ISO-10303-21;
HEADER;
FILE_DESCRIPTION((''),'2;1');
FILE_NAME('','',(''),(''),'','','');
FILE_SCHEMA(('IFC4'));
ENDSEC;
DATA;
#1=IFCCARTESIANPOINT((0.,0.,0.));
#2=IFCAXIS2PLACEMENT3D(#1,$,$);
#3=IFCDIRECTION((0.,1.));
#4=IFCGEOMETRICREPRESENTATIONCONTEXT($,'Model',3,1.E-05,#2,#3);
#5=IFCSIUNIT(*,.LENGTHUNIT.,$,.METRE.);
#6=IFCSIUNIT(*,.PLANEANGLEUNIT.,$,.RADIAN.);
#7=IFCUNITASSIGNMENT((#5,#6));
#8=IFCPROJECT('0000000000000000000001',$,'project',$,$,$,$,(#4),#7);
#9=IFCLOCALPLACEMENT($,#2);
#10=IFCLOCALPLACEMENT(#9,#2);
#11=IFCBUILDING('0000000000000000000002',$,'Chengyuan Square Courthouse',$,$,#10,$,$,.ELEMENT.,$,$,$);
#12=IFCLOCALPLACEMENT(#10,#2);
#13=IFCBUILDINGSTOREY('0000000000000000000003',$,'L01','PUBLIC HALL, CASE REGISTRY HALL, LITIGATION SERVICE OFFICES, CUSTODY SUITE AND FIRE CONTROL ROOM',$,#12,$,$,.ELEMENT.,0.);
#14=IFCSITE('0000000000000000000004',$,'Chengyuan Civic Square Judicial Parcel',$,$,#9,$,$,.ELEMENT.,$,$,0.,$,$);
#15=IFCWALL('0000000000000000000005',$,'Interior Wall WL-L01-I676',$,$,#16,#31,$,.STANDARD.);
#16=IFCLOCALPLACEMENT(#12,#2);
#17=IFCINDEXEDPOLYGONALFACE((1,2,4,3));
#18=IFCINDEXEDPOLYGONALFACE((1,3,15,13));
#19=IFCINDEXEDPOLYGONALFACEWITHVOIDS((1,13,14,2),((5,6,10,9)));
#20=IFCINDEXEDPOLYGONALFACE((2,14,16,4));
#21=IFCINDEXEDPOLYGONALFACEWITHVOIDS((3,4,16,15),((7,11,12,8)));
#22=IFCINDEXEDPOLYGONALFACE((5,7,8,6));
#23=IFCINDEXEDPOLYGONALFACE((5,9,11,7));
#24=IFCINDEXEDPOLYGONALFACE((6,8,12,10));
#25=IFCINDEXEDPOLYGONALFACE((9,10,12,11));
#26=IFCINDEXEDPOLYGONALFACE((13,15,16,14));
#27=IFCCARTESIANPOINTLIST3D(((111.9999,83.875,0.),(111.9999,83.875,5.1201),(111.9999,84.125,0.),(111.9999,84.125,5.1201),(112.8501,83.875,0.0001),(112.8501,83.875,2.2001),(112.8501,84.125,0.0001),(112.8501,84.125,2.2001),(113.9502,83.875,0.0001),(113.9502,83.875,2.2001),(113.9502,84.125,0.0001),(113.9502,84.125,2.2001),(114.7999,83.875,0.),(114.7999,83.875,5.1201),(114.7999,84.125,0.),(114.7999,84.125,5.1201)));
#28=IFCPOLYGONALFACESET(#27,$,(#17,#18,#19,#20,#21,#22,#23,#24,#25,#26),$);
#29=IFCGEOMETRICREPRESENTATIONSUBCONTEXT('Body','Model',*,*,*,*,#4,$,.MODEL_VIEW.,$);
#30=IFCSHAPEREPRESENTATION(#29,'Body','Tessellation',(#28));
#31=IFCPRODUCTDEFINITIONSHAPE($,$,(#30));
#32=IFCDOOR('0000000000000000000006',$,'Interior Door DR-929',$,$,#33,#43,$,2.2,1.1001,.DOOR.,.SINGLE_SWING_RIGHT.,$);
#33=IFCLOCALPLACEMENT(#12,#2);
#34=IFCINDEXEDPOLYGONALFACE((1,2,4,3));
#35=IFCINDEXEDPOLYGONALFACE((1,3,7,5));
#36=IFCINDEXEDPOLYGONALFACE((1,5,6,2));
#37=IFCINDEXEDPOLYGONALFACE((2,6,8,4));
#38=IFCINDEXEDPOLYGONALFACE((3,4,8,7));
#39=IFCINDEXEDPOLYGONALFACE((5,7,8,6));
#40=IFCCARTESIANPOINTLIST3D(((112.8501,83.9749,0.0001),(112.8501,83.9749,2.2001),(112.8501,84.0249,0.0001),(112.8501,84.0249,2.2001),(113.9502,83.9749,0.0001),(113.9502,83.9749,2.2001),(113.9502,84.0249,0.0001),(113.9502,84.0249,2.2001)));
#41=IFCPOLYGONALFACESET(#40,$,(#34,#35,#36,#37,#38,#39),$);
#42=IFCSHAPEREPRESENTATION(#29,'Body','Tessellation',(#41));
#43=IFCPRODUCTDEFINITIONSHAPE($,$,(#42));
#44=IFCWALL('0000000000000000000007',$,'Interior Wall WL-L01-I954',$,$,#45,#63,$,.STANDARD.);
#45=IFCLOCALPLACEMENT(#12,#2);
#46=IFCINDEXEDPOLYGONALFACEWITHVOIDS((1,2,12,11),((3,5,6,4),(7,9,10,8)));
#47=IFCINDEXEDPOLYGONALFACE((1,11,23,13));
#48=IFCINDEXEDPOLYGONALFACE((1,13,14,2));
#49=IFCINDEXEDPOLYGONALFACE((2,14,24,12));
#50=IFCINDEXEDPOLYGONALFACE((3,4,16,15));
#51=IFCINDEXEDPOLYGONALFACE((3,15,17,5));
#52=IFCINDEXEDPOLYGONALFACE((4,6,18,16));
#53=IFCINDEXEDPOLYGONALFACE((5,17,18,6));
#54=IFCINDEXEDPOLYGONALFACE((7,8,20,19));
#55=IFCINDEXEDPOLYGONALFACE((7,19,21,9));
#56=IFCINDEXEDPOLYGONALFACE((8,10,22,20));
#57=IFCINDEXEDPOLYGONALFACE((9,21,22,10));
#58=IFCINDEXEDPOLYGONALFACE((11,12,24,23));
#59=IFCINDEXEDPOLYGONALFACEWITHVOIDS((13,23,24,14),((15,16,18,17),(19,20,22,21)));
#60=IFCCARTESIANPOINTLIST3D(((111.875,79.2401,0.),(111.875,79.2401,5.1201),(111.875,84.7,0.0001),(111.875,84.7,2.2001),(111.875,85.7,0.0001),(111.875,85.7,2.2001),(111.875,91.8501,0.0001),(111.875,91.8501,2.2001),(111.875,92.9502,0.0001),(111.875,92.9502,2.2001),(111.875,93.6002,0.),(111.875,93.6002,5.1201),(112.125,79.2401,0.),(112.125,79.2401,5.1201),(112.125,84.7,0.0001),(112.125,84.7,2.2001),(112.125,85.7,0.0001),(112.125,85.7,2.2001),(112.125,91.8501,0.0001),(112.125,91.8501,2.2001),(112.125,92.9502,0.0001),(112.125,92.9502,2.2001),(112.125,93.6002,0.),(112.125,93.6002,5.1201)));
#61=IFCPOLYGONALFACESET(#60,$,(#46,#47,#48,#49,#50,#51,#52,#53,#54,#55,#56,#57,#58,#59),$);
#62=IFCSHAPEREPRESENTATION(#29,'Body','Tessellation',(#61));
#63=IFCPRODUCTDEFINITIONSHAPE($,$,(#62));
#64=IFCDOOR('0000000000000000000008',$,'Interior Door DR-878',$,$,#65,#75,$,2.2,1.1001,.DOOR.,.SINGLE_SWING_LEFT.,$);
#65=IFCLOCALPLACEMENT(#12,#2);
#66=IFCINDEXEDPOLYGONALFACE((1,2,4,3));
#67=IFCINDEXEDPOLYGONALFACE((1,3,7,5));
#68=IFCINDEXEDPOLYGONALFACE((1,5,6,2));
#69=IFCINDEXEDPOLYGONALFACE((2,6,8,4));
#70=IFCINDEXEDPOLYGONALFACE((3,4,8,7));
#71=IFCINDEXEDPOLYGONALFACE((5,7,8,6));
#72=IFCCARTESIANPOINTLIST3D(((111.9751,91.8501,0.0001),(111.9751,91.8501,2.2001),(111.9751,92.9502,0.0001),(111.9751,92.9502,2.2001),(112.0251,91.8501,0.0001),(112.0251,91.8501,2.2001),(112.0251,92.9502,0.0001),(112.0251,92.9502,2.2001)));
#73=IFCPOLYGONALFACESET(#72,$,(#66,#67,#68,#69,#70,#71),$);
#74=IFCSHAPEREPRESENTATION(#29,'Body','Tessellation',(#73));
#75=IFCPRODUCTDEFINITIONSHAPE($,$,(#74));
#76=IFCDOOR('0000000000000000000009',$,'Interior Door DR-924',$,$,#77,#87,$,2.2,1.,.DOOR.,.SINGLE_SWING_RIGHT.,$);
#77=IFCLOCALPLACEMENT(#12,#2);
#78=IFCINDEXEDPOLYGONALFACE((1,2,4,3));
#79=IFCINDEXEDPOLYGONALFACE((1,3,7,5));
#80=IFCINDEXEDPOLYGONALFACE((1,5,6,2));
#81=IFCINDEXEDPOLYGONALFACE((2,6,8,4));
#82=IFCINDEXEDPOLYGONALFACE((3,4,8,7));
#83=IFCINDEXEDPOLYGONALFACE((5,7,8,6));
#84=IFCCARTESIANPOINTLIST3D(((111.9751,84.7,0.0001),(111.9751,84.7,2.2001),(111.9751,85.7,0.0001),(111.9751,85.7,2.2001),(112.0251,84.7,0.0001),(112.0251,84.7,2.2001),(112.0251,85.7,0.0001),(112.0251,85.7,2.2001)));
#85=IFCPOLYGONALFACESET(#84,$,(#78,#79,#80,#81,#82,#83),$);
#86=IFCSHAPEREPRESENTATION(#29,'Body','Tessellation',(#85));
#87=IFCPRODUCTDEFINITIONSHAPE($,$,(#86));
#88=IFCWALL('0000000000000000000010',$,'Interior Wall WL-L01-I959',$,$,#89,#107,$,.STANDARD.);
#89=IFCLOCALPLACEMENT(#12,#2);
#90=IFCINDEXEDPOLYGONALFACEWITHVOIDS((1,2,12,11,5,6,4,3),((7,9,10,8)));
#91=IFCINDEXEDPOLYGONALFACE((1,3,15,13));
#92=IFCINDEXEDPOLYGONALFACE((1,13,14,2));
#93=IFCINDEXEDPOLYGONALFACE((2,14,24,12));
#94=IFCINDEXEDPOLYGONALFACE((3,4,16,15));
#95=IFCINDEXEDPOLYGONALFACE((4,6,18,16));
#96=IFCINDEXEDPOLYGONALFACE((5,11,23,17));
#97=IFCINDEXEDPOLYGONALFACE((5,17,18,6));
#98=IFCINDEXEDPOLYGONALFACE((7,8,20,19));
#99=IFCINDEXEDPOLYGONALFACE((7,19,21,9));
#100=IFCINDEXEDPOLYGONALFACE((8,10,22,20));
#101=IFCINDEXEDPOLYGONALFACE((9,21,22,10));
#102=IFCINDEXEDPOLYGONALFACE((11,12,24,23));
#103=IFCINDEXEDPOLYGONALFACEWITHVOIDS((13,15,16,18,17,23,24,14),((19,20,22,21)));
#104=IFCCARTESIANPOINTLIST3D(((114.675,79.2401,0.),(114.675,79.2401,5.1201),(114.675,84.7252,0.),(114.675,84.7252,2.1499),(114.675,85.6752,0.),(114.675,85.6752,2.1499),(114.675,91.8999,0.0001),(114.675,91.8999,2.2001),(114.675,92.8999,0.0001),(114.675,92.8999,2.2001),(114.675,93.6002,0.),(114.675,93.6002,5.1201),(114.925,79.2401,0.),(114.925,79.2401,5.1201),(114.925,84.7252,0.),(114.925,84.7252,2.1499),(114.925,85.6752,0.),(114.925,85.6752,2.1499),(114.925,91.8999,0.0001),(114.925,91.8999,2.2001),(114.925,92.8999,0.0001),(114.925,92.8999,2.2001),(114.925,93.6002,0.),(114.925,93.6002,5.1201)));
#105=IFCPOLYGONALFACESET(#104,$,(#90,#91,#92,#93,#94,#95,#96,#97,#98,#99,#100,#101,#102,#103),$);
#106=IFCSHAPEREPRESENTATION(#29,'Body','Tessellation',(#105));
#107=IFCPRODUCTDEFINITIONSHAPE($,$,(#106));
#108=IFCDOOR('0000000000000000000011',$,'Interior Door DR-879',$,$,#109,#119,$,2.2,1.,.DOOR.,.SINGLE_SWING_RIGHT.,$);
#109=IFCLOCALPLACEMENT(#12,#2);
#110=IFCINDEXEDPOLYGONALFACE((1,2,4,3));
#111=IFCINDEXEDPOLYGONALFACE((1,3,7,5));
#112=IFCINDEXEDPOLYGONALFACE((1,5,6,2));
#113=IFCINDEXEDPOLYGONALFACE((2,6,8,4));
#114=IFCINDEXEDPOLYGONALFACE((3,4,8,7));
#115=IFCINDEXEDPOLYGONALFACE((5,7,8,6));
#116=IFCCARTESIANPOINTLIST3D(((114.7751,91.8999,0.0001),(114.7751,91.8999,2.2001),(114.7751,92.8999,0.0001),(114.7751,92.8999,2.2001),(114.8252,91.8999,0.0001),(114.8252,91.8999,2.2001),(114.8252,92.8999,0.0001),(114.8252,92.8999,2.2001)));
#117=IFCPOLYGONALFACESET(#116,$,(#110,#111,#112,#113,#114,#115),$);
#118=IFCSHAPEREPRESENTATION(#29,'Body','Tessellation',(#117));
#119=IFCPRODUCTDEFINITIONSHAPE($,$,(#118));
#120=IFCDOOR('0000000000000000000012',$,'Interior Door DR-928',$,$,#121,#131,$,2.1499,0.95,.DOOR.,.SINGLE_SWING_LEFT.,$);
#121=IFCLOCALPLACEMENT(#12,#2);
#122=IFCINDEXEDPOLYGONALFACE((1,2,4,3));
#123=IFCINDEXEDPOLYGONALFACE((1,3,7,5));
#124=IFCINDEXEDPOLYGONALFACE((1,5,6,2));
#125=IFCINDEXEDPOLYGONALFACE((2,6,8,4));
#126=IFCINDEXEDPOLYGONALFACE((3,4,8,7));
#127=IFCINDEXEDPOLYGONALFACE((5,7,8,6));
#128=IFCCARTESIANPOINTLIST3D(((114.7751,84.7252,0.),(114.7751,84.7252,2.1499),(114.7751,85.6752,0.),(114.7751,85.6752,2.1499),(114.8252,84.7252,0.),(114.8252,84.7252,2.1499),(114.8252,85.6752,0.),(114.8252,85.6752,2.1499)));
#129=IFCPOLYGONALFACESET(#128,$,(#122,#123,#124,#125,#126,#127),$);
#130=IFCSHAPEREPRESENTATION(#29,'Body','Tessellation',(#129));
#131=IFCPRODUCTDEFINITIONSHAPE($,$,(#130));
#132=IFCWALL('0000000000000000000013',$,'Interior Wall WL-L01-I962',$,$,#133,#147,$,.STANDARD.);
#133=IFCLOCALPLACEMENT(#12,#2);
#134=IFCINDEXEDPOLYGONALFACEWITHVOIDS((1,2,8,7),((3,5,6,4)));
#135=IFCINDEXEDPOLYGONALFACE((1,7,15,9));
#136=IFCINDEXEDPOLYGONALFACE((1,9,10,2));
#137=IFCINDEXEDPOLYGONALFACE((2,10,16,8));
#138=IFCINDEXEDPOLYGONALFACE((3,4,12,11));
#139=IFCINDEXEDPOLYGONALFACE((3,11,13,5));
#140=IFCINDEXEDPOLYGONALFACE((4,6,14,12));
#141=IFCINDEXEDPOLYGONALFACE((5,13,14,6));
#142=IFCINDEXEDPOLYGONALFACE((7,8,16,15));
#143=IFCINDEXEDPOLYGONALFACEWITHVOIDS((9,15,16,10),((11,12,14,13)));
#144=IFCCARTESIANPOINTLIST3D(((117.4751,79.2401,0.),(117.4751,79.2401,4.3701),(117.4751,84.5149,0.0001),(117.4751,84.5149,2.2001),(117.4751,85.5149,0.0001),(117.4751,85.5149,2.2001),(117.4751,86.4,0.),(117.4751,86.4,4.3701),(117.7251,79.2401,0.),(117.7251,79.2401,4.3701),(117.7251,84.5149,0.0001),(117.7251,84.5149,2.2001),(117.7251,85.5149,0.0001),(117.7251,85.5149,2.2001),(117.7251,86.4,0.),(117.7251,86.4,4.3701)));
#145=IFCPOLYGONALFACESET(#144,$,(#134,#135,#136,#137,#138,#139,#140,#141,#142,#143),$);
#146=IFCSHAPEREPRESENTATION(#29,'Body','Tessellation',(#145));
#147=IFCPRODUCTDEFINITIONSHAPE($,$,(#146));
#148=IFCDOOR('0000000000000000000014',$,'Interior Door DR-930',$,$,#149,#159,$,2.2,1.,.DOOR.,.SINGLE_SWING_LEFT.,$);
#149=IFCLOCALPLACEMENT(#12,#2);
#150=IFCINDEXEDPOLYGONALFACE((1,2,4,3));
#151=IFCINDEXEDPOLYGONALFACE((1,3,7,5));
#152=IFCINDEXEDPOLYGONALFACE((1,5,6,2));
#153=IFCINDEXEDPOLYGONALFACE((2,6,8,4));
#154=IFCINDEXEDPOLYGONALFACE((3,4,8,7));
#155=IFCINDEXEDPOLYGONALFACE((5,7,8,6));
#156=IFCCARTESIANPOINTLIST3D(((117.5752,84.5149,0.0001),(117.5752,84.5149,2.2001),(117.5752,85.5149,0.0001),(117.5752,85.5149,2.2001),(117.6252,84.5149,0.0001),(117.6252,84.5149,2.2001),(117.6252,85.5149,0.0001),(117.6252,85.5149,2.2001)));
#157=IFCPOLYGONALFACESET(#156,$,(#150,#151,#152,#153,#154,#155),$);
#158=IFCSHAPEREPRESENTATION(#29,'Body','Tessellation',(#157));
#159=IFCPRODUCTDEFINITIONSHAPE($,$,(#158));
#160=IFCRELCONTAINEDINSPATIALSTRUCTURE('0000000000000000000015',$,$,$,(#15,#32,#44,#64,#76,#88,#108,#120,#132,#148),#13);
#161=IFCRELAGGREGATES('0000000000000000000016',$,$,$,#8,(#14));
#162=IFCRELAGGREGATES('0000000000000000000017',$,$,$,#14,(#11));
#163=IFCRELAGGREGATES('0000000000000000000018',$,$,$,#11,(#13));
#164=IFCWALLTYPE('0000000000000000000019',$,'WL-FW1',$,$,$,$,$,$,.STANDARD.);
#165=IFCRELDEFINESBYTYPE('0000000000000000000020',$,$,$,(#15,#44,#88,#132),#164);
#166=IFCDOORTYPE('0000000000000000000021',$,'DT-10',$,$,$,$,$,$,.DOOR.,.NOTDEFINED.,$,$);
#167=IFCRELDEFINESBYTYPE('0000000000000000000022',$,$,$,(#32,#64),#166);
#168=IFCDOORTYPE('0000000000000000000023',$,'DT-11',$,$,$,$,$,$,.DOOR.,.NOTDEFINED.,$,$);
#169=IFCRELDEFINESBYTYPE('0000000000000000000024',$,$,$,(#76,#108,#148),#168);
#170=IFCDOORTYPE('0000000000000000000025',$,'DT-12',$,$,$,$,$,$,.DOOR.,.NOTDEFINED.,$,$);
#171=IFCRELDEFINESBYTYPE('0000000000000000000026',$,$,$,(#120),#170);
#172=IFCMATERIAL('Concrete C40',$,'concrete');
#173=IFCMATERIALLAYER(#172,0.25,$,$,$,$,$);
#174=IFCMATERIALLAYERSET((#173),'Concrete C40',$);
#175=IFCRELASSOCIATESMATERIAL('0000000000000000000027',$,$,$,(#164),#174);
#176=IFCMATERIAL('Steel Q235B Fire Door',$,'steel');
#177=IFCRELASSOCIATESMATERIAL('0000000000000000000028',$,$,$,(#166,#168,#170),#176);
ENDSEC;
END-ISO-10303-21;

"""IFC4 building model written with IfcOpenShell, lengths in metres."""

from ifc_helpers import new_model, si_unit, direction, frame, frame_2d, origin, place, context, subcontext, project, spatial, rectangle, extrude, material, layer, layer_set, type_object, element, fill, save


model = new_model("IFC4")

# Units and contexts
model_context = context("Model", 3, precision=1e-05, world=origin(), true_north=direction((0.0, 1.0)))
body_context = subcontext(model_context, "Body", "Model", "MODEL_VIEW")
ifc_project = project(units=[si_unit("LENGTHUNIT", "METRE"), si_unit("PLANEANGLEUNIT", "RADIAN")], contexts=[model_context])

# Site, building, storey
site_placement = place(None, origin())
site = spatial("IfcSite", under=ifc_project, at=site_placement, Name="Chengyuan Civic Square Judicial Parcel", CompositionType="ELEMENT", RefElevation=0.0)
building_placement = place(site_placement, origin())
building = spatial("IfcBuilding", under=site, at=building_placement, Name="Chengyuan Square Courthouse", CompositionType="ELEMENT")
storey_placement = place(building_placement, origin())
storey = spatial("IfcBuildingStorey", under=building, at=storey_placement, Name="L01", Description="PUBLIC HALL, CASE REGISTRY HALL, LITIGATION SERVICE OFFICES, CUSTODY SUITE AND FIRE CONTROL ROOM", CompositionType="ELEMENT", Elevation=0.0)

# Shared definitions
ifc_material_1 = material(Name="Concrete C40", Category="concrete")

# Wall, opening, door
ifc_layer_1 = layer(ifc_material_1, 0.25)
ifc_layer_set_1 = layer_set([ifc_layer_1], Name="Concrete C40")
wall_type_1 = type_object("IfcWallType", Name="WL-FW1", PredefinedType="STANDARD", material=ifc_layer_set_1)
wall_1_placement = place(storey_placement, frame((112.0, 84.0, 0.0), z_axis=(0.0, 0.0, 1.0), x_axis=(1.0, 0.0, 0.0)))
wall_1 = element("IfcWall", 1, at=wall_1_placement, inside=storey, type_object=wall_type_1, Name="Interior Wall WL-L01-I676", PredefinedType="STANDARD", context=body_context, shape_type="SweptSolid", body=[
    extrude(rectangle(XDim=2.8, YDim=0.25, at=frame_2d((1.3999, 0.0))), origin(), (0.0, 0.0, 1.0), 5.1201),
])
opening_1_placement = place(wall_1_placement, frame((0.8501, 0.0, 0.0)))
opening_1 = element("IfcOpeningElement", 2, at=opening_1_placement, cuts=wall_1, PredefinedType="OPENING", context=body_context, shape_type="SweptSolid", body=[
    extrude(rectangle(XDim=1.1001, YDim=2.2, at=frame_2d((0.55, 1.1001))), frame((0.0, 0.137, 0.0), z_axis=(0.0, -1.0, 0.0), x_axis=(1.0, 0.0, 0.0)), (0.0, 0.0, 1.0), 0.2739),
])
ifc_material_2 = material(Name="Steel Q235B Fire Door", Category="steel")
door_type_1 = type_object("IfcDoorType", Name="DT-10", OperationType="NOTDEFINED", PredefinedType="DOOR", material=ifc_material_2)
door_1_placement = place(opening_1_placement, origin())
door_1 = element("IfcDoor", 3, at=door_1_placement, inside=storey, type_object=door_type_1, Name="Interior Door DR-929", OperationType="SINGLE_SWING_RIGHT", OverallHeight=2.2, OverallWidth=1.1001, PredefinedType="DOOR", context=body_context, shape_type="SweptSolid", body=[
    extrude(rectangle(XDim=1.1001, YDim=2.2, at=frame_2d((0.55, 1.1001))), frame((0.0, 0.0249, 0.0), z_axis=(0.0, -1.0, 0.0), x_axis=(1.0, 0.0, 0.0)), (0.0, 0.0, 1.0), 0.05),
])
fill(opening_1, door_1)

# Walls, openings, doors
wall_2_placement = place(storey_placement, frame((112.0, 79.24, 0.0), z_axis=(0.0, 0.0, 1.0), x_axis=(0.0, 1.0, 0.0)))
wall_2 = element("IfcWall", 4, at=wall_2_placement, inside=storey, type_object=wall_type_1, Name="Interior Wall WL-L01-I954", PredefinedType="STANDARD", context=body_context, shape_type="SweptSolid", body=[
    extrude(rectangle(XDim=14.3601, YDim=0.25, at=frame_2d((7.1802, 0.0))), origin(), (0.0, 0.0, 1.0), 5.1201),
])
opening_2_placement = place(wall_2_placement, frame((12.6101, 0.0, 0.0)))
opening_2 = element("IfcOpeningElement", 5, at=opening_2_placement, cuts=wall_2, PredefinedType="OPENING", context=body_context, shape_type="SweptSolid", body=[
    extrude(rectangle(XDim=1.1001, YDim=2.2, at=frame_2d((0.55, 1.1001))), frame((0.0, 0.137, 0.0), z_axis=(0.0, -1.0, 0.0), x_axis=(1.0, 0.0, 0.0)), (0.0, 0.0, 1.0), 0.2739),
])
opening_3_placement = place(wall_2_placement, frame((5.46, 0.0, 0.0)))
opening_3 = element("IfcOpeningElement", 6, at=opening_3_placement, cuts=wall_2, PredefinedType="OPENING", context=body_context, shape_type="SweptSolid", body=[
    extrude(rectangle(XDim=1.0, YDim=2.2, at=frame_2d((0.5, 1.1001))), frame((0.0, 0.137, 0.0), z_axis=(0.0, -1.0, 0.0), x_axis=(1.0, 0.0, 0.0)), (0.0, 0.0, 1.0), 0.2739),
])
door_2_placement = place(opening_2_placement, origin())
door_2 = element("IfcDoor", 7, at=door_2_placement, inside=storey, type_object=door_type_1, Name="Interior Door DR-878", OperationType="SINGLE_SWING_LEFT", OverallHeight=2.2, OverallWidth=1.1001, PredefinedType="DOOR", context=body_context, shape_type="SweptSolid", body=[
    extrude(rectangle(XDim=1.1001, YDim=2.2, at=frame_2d((0.55, 1.1001))), frame((0.0, 0.0249, 0.0), z_axis=(0.0, -1.0, 0.0), x_axis=(1.0, 0.0, 0.0)), (0.0, 0.0, 1.0), 0.05),
])
fill(opening_2, door_2)
door_type_2 = type_object("IfcDoorType", Name="DT-11", OperationType="NOTDEFINED", PredefinedType="DOOR", material=ifc_material_2)
door_3_placement = place(opening_3_placement, origin())
door_3 = element("IfcDoor", 8, at=door_3_placement, inside=storey, type_object=door_type_2, Name="Interior Door DR-924", OperationType="SINGLE_SWING_RIGHT", OverallHeight=2.2, OverallWidth=1.0, PredefinedType="DOOR", context=body_context, shape_type="SweptSolid", body=[
    extrude(rectangle(XDim=1.0, YDim=2.2, at=frame_2d((0.5, 1.1001))), frame((0.0, 0.0249, 0.0), z_axis=(0.0, -1.0, 0.0), x_axis=(1.0, 0.0, 0.0)), (0.0, 0.0, 1.0), 0.05),
])
fill(opening_3, door_3)
wall_3_placement = place(storey_placement, frame((114.8, 79.24, 0.0), z_axis=(0.0, 0.0, 1.0), x_axis=(0.0, 1.0, 0.0)))
wall_3 = element("IfcWall", 9, at=wall_3_placement, inside=storey, type_object=wall_type_1, Name="Interior Wall WL-L01-I959", PredefinedType="STANDARD", context=body_context, shape_type="SweptSolid", body=[
    extrude(rectangle(XDim=14.3601, YDim=0.25, at=frame_2d((7.1802, 0.0))), origin(), (0.0, 0.0, 1.0), 5.1201),
])
opening_4_placement = place(wall_3_placement, frame((12.6599, 0.0, 0.0)))
opening_4 = element("IfcOpeningElement", 10, at=opening_4_placement, cuts=wall_3, PredefinedType="OPENING", context=body_context, shape_type="SweptSolid", body=[
    extrude(rectangle(XDim=1.0, YDim=2.2, at=frame_2d((0.5, 1.1001))), frame((0.0, 0.137, 0.0), z_axis=(0.0, -1.0, 0.0), x_axis=(1.0, 0.0, 0.0)), (0.0, 0.0, 1.0), 0.2739),
])
opening_5_placement = place(wall_3_placement, frame((5.4851, 0.0, 0.0)))
opening_5 = element("IfcOpeningElement", 11, at=opening_5_placement, cuts=wall_3, PredefinedType="OPENING", context=body_context, shape_type="SweptSolid", body=[
    extrude(rectangle(XDim=0.95, YDim=2.1499, at=frame_2d((0.4751, 1.075))), frame((0.0, 0.137, 0.0), z_axis=(0.0, -1.0, 0.0), x_axis=(1.0, 0.0, 0.0)), (0.0, 0.0, 1.0), 0.2739),
])
door_4_placement = place(opening_4_placement, origin())
door_4 = element("IfcDoor", 12, at=door_4_placement, inside=storey, type_object=door_type_2, Name="Interior Door DR-879", OperationType="SINGLE_SWING_RIGHT", OverallHeight=2.2, OverallWidth=1.0, PredefinedType="DOOR", context=body_context, shape_type="SweptSolid", body=[
    extrude(rectangle(XDim=1.0, YDim=2.2, at=frame_2d((0.5, 1.1001))), frame((0.0, 0.0249, 0.0), z_axis=(0.0, -1.0, 0.0), x_axis=(1.0, 0.0, 0.0)), (0.0, 0.0, 1.0), 0.05),
])
fill(opening_4, door_4)
door_type_3 = type_object("IfcDoorType", Name="DT-12", OperationType="NOTDEFINED", PredefinedType="DOOR", material=ifc_material_2)
door_5_placement = place(opening_5_placement, origin())
door_5 = element("IfcDoor", 13, at=door_5_placement, inside=storey, type_object=door_type_3, Name="Interior Door DR-928", OperationType="SINGLE_SWING_LEFT", OverallHeight=2.1499, OverallWidth=0.95, PredefinedType="DOOR", context=body_context, shape_type="SweptSolid", body=[
    extrude(rectangle(XDim=0.95, YDim=2.1499, at=frame_2d((0.4751, 1.075))), frame((0.0, 0.0249, 0.0), z_axis=(0.0, -1.0, 0.0), x_axis=(1.0, 0.0, 0.0)), (0.0, 0.0, 1.0), 0.05),
])
fill(opening_5, door_5)

# Wall, opening, door
wall_4_placement = place(storey_placement, frame((117.6001, 79.24, 0.0), z_axis=(0.0, 0.0, 1.0), x_axis=(0.0, 1.0, 0.0)))
wall_4 = element("IfcWall", 14, at=wall_4_placement, inside=storey, type_object=wall_type_1, Name="Interior Wall WL-L01-I962", PredefinedType="STANDARD", context=body_context, shape_type="SweptSolid", body=[
    extrude(rectangle(XDim=7.1599, YDim=0.25, at=frame_2d((3.5801, 0.0))), origin(), (0.0, 0.0, 1.0), 4.3701),
])
opening_6_placement = place(wall_4_placement, frame((5.2749, 0.0, 0.0)))
opening_6 = element("IfcOpeningElement", 15, at=opening_6_placement, cuts=wall_4, PredefinedType="OPENING", context=body_context, shape_type="SweptSolid", body=[
    extrude(rectangle(XDim=1.0, YDim=2.2, at=frame_2d((0.5, 1.1001))), frame((0.0, 0.137, 0.0), z_axis=(0.0, -1.0, 0.0), x_axis=(1.0, 0.0, 0.0)), (0.0, 0.0, 1.0), 0.2739),
])
door_6_placement = place(opening_6_placement, origin())
door_6 = element("IfcDoor", 16, at=door_6_placement, inside=storey, type_object=door_type_2, Name="Interior Door DR-930", OperationType="SINGLE_SWING_LEFT", OverallHeight=2.2, OverallWidth=1.0, PredefinedType="DOOR", context=body_context, shape_type="SweptSolid", body=[
    extrude(rectangle(XDim=1.0, YDim=2.2, at=frame_2d((0.5, 1.1001))), frame((0.0, 0.0249, 0.0), z_axis=(0.0, -1.0, 0.0), x_axis=(1.0, 0.0, 0.0)), (0.0, 0.0, 1.0), 0.05),
])
fill(opening_6, door_6)

save(model, "model.ifc")
